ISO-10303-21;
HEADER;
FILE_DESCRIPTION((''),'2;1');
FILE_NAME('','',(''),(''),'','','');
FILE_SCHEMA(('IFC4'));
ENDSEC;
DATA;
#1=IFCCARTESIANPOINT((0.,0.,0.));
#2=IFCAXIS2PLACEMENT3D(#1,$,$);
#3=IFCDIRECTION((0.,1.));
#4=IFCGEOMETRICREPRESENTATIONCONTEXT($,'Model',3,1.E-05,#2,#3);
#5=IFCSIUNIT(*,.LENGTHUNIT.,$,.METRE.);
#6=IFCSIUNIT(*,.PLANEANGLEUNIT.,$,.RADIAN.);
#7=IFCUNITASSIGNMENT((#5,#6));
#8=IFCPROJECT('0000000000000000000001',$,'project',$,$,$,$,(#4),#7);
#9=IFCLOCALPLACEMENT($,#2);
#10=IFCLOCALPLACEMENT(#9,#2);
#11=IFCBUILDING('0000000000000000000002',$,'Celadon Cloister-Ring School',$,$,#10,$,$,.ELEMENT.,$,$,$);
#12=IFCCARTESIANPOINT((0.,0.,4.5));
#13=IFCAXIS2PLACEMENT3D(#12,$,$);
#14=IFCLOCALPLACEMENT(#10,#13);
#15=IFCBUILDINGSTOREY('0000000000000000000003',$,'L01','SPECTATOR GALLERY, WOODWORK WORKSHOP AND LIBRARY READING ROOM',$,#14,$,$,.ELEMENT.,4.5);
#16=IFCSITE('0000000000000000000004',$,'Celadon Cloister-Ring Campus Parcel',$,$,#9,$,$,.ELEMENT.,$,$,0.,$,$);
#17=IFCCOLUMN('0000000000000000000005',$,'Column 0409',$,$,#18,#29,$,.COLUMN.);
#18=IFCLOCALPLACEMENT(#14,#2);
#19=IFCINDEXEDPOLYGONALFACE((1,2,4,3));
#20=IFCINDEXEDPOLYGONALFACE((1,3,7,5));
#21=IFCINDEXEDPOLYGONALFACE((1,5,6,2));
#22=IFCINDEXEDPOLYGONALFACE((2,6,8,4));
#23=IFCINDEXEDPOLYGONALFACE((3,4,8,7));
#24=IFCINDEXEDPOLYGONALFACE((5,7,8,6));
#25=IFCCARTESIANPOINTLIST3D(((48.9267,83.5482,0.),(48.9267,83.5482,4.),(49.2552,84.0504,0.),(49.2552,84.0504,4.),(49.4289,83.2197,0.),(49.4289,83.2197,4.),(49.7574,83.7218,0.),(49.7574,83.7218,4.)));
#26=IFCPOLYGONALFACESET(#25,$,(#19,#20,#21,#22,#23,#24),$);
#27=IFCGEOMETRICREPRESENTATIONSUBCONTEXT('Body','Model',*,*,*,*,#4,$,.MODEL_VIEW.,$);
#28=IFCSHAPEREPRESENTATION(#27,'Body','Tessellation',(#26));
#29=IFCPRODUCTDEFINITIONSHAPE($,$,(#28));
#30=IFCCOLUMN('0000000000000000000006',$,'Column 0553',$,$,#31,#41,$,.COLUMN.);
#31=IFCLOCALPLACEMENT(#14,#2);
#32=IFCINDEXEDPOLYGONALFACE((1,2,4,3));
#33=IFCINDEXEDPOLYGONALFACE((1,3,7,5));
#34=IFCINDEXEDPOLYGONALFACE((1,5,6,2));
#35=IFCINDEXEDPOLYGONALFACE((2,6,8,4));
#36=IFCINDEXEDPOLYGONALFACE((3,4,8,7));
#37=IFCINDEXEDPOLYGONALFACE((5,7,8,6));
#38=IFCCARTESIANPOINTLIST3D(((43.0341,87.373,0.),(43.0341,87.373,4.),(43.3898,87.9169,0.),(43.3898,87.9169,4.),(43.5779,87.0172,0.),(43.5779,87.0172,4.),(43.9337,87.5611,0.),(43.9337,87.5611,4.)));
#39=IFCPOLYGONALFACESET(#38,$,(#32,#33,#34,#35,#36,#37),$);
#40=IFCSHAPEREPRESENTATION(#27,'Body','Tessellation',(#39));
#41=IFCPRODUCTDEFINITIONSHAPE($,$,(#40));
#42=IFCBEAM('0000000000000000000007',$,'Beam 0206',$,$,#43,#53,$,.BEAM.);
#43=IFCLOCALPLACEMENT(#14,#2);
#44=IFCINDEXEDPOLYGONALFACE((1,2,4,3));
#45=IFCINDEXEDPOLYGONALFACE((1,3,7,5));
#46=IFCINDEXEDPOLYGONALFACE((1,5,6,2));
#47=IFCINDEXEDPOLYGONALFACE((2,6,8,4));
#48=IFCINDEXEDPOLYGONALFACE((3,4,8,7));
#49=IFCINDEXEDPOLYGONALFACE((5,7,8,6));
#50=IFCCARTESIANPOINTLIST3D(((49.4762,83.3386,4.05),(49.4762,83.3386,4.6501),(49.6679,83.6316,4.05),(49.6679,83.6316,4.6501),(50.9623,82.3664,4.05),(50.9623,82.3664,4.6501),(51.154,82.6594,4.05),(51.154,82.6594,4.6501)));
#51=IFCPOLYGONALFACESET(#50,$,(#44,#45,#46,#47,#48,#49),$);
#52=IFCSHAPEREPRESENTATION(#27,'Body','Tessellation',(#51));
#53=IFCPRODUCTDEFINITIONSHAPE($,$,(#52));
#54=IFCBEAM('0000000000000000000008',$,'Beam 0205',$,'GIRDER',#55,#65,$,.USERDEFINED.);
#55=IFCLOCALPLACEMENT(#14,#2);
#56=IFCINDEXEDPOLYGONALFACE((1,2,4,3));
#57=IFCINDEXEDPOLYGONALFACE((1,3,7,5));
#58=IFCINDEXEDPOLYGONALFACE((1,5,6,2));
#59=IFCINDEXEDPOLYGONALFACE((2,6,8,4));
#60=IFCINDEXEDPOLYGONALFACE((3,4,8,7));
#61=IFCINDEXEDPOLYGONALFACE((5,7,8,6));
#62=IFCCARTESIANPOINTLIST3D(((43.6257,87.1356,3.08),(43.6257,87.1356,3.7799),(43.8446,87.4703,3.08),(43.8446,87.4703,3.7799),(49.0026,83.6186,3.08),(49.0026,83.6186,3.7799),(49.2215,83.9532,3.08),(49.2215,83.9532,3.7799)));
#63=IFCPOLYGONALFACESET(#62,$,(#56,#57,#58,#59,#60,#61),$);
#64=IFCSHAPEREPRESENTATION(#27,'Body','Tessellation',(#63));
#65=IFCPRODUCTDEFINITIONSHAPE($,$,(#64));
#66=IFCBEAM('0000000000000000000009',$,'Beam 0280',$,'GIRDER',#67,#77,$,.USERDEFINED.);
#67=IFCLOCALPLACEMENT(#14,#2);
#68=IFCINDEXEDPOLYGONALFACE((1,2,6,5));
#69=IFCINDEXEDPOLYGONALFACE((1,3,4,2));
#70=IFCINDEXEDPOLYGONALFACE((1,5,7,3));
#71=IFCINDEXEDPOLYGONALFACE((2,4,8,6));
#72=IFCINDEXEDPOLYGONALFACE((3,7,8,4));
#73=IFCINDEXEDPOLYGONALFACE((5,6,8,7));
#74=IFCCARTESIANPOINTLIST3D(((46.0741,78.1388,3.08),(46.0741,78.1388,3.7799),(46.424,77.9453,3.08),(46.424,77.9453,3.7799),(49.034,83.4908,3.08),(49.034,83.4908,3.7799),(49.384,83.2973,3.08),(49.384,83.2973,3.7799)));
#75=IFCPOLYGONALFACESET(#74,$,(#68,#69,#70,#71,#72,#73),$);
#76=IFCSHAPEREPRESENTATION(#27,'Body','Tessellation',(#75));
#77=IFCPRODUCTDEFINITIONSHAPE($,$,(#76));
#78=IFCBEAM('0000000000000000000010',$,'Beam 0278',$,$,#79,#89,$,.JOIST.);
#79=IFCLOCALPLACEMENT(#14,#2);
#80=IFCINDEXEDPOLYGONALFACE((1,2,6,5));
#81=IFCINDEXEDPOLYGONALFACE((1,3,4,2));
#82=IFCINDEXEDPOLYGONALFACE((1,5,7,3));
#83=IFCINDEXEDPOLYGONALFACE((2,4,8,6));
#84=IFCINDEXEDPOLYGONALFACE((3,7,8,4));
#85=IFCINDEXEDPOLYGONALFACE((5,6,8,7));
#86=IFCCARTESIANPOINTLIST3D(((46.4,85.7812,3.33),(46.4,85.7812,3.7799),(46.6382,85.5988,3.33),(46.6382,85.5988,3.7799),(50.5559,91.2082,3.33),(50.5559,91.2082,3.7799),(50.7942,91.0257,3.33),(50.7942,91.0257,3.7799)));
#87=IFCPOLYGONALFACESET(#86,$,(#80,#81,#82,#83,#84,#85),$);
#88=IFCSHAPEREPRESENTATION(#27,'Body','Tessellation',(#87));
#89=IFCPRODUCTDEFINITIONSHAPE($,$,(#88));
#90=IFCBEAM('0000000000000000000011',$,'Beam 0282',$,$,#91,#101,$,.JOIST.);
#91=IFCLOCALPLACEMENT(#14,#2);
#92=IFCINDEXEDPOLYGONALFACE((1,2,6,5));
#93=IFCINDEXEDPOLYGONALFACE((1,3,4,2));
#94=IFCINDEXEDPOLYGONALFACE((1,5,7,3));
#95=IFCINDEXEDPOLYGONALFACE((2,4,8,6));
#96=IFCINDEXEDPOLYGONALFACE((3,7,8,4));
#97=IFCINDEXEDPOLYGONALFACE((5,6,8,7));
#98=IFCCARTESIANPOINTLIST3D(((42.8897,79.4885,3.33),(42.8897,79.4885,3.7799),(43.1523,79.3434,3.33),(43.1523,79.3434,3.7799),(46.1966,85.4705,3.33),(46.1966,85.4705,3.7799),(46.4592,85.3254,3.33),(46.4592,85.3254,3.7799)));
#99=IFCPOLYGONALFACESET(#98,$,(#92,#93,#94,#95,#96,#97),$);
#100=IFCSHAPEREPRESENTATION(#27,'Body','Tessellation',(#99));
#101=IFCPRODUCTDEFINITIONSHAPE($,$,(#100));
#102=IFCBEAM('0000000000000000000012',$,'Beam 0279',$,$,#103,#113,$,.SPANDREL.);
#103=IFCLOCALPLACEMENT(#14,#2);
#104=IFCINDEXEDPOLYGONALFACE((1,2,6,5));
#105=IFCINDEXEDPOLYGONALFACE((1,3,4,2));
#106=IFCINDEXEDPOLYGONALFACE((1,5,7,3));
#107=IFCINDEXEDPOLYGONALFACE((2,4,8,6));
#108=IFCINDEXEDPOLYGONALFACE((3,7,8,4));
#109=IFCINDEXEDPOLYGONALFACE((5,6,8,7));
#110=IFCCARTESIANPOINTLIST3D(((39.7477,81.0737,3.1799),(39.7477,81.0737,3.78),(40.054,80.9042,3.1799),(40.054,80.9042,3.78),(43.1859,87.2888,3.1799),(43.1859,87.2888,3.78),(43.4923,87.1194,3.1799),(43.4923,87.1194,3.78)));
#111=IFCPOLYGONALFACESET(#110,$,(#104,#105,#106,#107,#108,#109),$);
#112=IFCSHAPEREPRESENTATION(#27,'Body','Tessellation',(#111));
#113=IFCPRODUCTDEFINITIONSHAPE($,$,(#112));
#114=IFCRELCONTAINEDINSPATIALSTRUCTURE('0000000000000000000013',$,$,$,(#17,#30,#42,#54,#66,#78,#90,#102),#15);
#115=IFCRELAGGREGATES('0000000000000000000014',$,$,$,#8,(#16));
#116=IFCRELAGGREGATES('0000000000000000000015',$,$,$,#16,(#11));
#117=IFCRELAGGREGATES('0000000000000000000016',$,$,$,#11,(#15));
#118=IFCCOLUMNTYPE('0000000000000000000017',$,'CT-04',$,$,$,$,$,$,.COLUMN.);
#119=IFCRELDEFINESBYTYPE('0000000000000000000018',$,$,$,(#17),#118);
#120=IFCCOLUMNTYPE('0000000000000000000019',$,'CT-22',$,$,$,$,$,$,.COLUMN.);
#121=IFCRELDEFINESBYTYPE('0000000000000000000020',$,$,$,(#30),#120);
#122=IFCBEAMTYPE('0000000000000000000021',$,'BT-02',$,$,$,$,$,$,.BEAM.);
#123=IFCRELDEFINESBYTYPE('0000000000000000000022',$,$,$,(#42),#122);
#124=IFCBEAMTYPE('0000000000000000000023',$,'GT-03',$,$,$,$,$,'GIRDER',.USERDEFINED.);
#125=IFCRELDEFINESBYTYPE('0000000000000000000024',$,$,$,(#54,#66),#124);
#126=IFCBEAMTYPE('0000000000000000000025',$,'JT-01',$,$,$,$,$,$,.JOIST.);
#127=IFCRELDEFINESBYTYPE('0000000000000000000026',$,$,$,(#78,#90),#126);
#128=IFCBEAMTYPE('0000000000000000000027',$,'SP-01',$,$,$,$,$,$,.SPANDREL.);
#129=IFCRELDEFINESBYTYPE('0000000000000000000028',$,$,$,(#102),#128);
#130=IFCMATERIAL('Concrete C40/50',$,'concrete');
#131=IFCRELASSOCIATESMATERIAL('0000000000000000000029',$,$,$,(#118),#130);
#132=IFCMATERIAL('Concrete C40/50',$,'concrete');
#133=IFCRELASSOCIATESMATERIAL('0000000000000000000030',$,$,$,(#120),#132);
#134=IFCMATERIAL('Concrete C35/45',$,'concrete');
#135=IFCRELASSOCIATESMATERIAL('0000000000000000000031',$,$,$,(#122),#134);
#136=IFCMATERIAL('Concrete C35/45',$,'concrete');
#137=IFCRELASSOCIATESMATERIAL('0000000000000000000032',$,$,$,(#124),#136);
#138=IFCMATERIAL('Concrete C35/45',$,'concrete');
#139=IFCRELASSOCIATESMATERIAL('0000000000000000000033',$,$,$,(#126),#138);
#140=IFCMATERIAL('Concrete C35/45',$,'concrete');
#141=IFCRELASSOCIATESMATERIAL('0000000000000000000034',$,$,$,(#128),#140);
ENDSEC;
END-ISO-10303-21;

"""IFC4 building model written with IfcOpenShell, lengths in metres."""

from ifc_helpers import new_model, si_unit, direction, frame, origin, origin_2d, place, context, subcontext, project, spatial, rectangle, extrude, material, material_profile, profile_set, type_object, element, save


model = new_model("IFC4")

# Units and contexts
model_context = context("Model", 3, precision=1e-05, world=origin(), true_north=direction((0.0, 1.0)))
body_context = subcontext(model_context, "Body", "Model", "MODEL_VIEW")
ifc_project = project(units=[si_unit("LENGTHUNIT", "METRE"), si_unit("PLANEANGLEUNIT", "RADIAN")], contexts=[model_context])

# Site, building, storey
site_placement = place(None, origin())
site = spatial("IfcSite", under=ifc_project, at=site_placement, Name="Celadon Cloister-Ring Campus Parcel", CompositionType="ELEMENT", RefElevation=0.0)
building_placement = place(site_placement, origin())
building = spatial("IfcBuilding", under=site, at=building_placement, Name="Celadon Cloister-Ring School", CompositionType="ELEMENT")
storey_placement = place(building_placement, frame((0.0, 0.0, 4.5)))
storey = spatial("IfcBuildingStorey", under=building, at=storey_placement, Name="L01", Description="SPECTATOR GALLERY, WOODWORK WORKSHOP AND LIBRARY READING ROOM", CompositionType="ELEMENT", Elevation=4.5)

# Columns
ifc_material_1 = material(Name="Concrete C40/50", Category="concrete")
ifc_material_profile_1 = material_profile(ifc_material_1, rectangle(XDim=0.6001, YDim=0.6001, at=origin_2d()), Name="RC600X600")
ifc_profile_set_1 = profile_set([ifc_material_profile_1], Name="Concrete C40/50")
column_type_1 = type_object("IfcColumnType", Name="CT-04", PredefinedType="COLUMN", material=ifc_profile_set_1)
column_1_placement = place(storey_placement, frame((49.342, 83.635, 0.0), z_axis=(0.0, 0.0, 1.0), x_axis=(-0.836841, 0.547446, 0.0)))
element("IfcColumn", 1, at=column_1_placement, inside=storey, type_object=column_type_1, Name="Column 0409", PredefinedType="COLUMN", context=body_context, shape_type="SweptSolid", body=[
    extrude(rectangle(XDim=0.6001, YDim=0.6001, at=origin_2d()), origin(), (0.0, 0.0, 1.0), 4.0),
])
ifc_material_2 = material(Name="Concrete C40/50", Category="concrete")
ifc_material_profile_2 = material_profile(ifc_material_2, rectangle(XDim=0.6499, YDim=0.6499, at=origin_2d()), Name="RC650X650")
ifc_profile_set_2 = profile_set([ifc_material_profile_2], Name="Concrete C40/50")
column_type_2 = type_object("IfcColumnType", Name="CT-22", PredefinedType="COLUMN", material=ifc_profile_set_2)
column_2_placement = place(storey_placement, frame((43.4839, 87.467, 0.0), z_axis=(0.0, 0.0, 1.0), x_axis=(-0.836841, 0.547446, 0.0)))
element("IfcColumn", 2, at=column_2_placement, inside=storey, type_object=column_type_2, Name="Column 0553", PredefinedType="COLUMN", context=body_context, shape_type="SweptSolid", body=[
    extrude(rectangle(XDim=0.6499, YDim=0.6499, at=origin_2d()), origin(), (0.0, 0.0, 1.0), 4.0),
])

# Beams
ifc_material_3 = material(Name="Concrete C35/45", Category="concrete")
ifc_material_profile_3 = material_profile(ifc_material_3, rectangle(XDim=0.3501, YDim=0.6001, at=origin_2d()), Name="RC350X600")
ifc_profile_set_3 = profile_set([ifc_material_profile_3], Name="Concrete C35/45")
beam_type_1 = type_object("IfcBeamType", Name="BT-02", PredefinedType="BEAM", material=ifc_profile_set_3)
beam_1_placement = place(storey_placement, frame((49.572, 83.4851, 4.3501), z_axis=(0.836841, -0.547446, 0.0), x_axis=(0.547446, 0.836841, 0.0)))
element("IfcBeam", 3, at=beam_1_placement, inside=storey, type_object=beam_type_1, Name="Beam 0206", PredefinedType="BEAM", context=body_context, shape_type="SweptSolid", body=[
    extrude(rectangle(XDim=0.3501, YDim=0.6001, at=origin_2d()), origin(), (0.0, 0.0, 1.0), 1.7759),
])
ifc_material_4 = material(Name="Concrete C35/45", Category="concrete")
ifc_material_profile_4 = material_profile(ifc_material_4, rectangle(XDim=0.3999, YDim=0.7, at=origin_2d()), Name="RC400X700")
ifc_profile_set_4 = profile_set([ifc_material_profile_4], Name="Concrete C35/45")
beam_type_2 = type_object("IfcBeamType", Name="GT-03", ElementType="GIRDER", PredefinedType="USERDEFINED", material=ifc_profile_set_4)
beam_2_placement = place(storey_placement, frame((43.7351, 87.303, 3.4299), z_axis=(0.836871, -0.547401, 0.0), x_axis=(0.547401, 0.836871, 0.0)))
element("IfcBeam", 4, at=beam_2_placement, inside=storey, type_object=beam_type_2, Name="Beam 0205", ObjectType="GIRDER", PredefinedType="USERDEFINED", context=body_context, shape_type="SweptSolid", body=[
    extrude(rectangle(XDim=0.3999, YDim=0.7, at=origin_2d()), origin(), (0.0, 0.0, 1.0), 6.425),
])
beam_3_placement = place(storey_placement, frame((49.209, 83.394, 3.4299), z_axis=(-0.483968, -0.875086, 0.0), x_axis=(0.875086, -0.483968, 0.0)))
element("IfcBeam", 5, at=beam_3_placement, inside=storey, type_object=beam_type_2, Name="Beam 0280", ObjectType="GIRDER", PredefinedType="USERDEFINED", context=body_context, shape_type="SweptSolid", body=[
    extrude(rectangle(XDim=0.3999, YDim=0.7, at=origin_2d()), origin(), (0.0, 0.0, 1.0), 6.116),
])
ifc_material_5 = material(Name="Concrete C35/45", Category="concrete")
ifc_material_profile_5 = material_profile(ifc_material_5, rectangle(XDim=0.3, YDim=0.45, at=origin_2d()), Name="RC300X450")
ifc_profile_set_5 = profile_set([ifc_material_profile_5], Name="Concrete C35/45")
beam_type_3 = type_object("IfcBeamType", Name="JT-01", PredefinedType="JOIST", material=ifc_profile_set_5)
beam_4_placement = place(storey_placement, frame((50.675, 91.1169, 3.5549), z_axis=(-0.607999, -0.793938, 0.0), x_axis=(0.793938, -0.607999, 0.0)))
element("IfcBeam", 6, at=beam_4_placement, inside=storey, type_object=beam_type_3, Name="Beam 0278", PredefinedType="JOIST", context=body_context, shape_type="SweptSolid", body=[
    extrude(rectangle(XDim=0.3, YDim=0.45, at=origin_2d()), origin(), (0.0, 0.0, 1.0), 6.8354),
])
beam_5_placement = place(storey_placement, frame((46.3279, 85.3979, 3.5549), z_axis=(-0.483807, -0.875175, 0.0), x_axis=(0.875175, -0.483807, 0.0)))
element("IfcBeam", 7, at=beam_5_placement, inside=storey, type_object=beam_type_3, Name="Beam 0282", PredefinedType="JOIST", context=body_context, shape_type="SweptSolid", body=[
    extrude(rectangle(XDim=0.3, YDim=0.45, at=origin_2d()), origin(), (0.0, 0.0, 1.0), 6.8352),
])
ifc_material_6 = material(Name="Concrete C35/45", Category="concrete")
ifc_material_profile_6 = material_profile(ifc_material_6, rectangle(XDim=0.3501, YDim=0.6001, at=origin_2d()), Name="RC350X600")
ifc_profile_set_6 = profile_set([ifc_material_profile_6], Name="Concrete C35/45")
beam_type_4 = type_object("IfcBeamType", Name="SP-01", PredefinedType="SPANDREL", material=ifc_profile_set_6)
beam_6_placement = place(storey_placement, frame((43.3391, 87.2041, 3.48), z_axis=(-0.484072, -0.875028, 0.0), x_axis=(0.875028, -0.484072, 0.0)))
element("IfcBeam", 8, at=beam_6_placement, inside=storey, type_object=beam_type_4, Name="Beam 0279", PredefinedType="SPANDREL", context=body_context, shape_type="SweptSolid", body=[
    extrude(rectangle(XDim=0.3501, YDim=0.6001, at=origin_2d()), origin(), (0.0, 0.0, 1.0), 7.1028),
])

save(model, "model.ifc")
